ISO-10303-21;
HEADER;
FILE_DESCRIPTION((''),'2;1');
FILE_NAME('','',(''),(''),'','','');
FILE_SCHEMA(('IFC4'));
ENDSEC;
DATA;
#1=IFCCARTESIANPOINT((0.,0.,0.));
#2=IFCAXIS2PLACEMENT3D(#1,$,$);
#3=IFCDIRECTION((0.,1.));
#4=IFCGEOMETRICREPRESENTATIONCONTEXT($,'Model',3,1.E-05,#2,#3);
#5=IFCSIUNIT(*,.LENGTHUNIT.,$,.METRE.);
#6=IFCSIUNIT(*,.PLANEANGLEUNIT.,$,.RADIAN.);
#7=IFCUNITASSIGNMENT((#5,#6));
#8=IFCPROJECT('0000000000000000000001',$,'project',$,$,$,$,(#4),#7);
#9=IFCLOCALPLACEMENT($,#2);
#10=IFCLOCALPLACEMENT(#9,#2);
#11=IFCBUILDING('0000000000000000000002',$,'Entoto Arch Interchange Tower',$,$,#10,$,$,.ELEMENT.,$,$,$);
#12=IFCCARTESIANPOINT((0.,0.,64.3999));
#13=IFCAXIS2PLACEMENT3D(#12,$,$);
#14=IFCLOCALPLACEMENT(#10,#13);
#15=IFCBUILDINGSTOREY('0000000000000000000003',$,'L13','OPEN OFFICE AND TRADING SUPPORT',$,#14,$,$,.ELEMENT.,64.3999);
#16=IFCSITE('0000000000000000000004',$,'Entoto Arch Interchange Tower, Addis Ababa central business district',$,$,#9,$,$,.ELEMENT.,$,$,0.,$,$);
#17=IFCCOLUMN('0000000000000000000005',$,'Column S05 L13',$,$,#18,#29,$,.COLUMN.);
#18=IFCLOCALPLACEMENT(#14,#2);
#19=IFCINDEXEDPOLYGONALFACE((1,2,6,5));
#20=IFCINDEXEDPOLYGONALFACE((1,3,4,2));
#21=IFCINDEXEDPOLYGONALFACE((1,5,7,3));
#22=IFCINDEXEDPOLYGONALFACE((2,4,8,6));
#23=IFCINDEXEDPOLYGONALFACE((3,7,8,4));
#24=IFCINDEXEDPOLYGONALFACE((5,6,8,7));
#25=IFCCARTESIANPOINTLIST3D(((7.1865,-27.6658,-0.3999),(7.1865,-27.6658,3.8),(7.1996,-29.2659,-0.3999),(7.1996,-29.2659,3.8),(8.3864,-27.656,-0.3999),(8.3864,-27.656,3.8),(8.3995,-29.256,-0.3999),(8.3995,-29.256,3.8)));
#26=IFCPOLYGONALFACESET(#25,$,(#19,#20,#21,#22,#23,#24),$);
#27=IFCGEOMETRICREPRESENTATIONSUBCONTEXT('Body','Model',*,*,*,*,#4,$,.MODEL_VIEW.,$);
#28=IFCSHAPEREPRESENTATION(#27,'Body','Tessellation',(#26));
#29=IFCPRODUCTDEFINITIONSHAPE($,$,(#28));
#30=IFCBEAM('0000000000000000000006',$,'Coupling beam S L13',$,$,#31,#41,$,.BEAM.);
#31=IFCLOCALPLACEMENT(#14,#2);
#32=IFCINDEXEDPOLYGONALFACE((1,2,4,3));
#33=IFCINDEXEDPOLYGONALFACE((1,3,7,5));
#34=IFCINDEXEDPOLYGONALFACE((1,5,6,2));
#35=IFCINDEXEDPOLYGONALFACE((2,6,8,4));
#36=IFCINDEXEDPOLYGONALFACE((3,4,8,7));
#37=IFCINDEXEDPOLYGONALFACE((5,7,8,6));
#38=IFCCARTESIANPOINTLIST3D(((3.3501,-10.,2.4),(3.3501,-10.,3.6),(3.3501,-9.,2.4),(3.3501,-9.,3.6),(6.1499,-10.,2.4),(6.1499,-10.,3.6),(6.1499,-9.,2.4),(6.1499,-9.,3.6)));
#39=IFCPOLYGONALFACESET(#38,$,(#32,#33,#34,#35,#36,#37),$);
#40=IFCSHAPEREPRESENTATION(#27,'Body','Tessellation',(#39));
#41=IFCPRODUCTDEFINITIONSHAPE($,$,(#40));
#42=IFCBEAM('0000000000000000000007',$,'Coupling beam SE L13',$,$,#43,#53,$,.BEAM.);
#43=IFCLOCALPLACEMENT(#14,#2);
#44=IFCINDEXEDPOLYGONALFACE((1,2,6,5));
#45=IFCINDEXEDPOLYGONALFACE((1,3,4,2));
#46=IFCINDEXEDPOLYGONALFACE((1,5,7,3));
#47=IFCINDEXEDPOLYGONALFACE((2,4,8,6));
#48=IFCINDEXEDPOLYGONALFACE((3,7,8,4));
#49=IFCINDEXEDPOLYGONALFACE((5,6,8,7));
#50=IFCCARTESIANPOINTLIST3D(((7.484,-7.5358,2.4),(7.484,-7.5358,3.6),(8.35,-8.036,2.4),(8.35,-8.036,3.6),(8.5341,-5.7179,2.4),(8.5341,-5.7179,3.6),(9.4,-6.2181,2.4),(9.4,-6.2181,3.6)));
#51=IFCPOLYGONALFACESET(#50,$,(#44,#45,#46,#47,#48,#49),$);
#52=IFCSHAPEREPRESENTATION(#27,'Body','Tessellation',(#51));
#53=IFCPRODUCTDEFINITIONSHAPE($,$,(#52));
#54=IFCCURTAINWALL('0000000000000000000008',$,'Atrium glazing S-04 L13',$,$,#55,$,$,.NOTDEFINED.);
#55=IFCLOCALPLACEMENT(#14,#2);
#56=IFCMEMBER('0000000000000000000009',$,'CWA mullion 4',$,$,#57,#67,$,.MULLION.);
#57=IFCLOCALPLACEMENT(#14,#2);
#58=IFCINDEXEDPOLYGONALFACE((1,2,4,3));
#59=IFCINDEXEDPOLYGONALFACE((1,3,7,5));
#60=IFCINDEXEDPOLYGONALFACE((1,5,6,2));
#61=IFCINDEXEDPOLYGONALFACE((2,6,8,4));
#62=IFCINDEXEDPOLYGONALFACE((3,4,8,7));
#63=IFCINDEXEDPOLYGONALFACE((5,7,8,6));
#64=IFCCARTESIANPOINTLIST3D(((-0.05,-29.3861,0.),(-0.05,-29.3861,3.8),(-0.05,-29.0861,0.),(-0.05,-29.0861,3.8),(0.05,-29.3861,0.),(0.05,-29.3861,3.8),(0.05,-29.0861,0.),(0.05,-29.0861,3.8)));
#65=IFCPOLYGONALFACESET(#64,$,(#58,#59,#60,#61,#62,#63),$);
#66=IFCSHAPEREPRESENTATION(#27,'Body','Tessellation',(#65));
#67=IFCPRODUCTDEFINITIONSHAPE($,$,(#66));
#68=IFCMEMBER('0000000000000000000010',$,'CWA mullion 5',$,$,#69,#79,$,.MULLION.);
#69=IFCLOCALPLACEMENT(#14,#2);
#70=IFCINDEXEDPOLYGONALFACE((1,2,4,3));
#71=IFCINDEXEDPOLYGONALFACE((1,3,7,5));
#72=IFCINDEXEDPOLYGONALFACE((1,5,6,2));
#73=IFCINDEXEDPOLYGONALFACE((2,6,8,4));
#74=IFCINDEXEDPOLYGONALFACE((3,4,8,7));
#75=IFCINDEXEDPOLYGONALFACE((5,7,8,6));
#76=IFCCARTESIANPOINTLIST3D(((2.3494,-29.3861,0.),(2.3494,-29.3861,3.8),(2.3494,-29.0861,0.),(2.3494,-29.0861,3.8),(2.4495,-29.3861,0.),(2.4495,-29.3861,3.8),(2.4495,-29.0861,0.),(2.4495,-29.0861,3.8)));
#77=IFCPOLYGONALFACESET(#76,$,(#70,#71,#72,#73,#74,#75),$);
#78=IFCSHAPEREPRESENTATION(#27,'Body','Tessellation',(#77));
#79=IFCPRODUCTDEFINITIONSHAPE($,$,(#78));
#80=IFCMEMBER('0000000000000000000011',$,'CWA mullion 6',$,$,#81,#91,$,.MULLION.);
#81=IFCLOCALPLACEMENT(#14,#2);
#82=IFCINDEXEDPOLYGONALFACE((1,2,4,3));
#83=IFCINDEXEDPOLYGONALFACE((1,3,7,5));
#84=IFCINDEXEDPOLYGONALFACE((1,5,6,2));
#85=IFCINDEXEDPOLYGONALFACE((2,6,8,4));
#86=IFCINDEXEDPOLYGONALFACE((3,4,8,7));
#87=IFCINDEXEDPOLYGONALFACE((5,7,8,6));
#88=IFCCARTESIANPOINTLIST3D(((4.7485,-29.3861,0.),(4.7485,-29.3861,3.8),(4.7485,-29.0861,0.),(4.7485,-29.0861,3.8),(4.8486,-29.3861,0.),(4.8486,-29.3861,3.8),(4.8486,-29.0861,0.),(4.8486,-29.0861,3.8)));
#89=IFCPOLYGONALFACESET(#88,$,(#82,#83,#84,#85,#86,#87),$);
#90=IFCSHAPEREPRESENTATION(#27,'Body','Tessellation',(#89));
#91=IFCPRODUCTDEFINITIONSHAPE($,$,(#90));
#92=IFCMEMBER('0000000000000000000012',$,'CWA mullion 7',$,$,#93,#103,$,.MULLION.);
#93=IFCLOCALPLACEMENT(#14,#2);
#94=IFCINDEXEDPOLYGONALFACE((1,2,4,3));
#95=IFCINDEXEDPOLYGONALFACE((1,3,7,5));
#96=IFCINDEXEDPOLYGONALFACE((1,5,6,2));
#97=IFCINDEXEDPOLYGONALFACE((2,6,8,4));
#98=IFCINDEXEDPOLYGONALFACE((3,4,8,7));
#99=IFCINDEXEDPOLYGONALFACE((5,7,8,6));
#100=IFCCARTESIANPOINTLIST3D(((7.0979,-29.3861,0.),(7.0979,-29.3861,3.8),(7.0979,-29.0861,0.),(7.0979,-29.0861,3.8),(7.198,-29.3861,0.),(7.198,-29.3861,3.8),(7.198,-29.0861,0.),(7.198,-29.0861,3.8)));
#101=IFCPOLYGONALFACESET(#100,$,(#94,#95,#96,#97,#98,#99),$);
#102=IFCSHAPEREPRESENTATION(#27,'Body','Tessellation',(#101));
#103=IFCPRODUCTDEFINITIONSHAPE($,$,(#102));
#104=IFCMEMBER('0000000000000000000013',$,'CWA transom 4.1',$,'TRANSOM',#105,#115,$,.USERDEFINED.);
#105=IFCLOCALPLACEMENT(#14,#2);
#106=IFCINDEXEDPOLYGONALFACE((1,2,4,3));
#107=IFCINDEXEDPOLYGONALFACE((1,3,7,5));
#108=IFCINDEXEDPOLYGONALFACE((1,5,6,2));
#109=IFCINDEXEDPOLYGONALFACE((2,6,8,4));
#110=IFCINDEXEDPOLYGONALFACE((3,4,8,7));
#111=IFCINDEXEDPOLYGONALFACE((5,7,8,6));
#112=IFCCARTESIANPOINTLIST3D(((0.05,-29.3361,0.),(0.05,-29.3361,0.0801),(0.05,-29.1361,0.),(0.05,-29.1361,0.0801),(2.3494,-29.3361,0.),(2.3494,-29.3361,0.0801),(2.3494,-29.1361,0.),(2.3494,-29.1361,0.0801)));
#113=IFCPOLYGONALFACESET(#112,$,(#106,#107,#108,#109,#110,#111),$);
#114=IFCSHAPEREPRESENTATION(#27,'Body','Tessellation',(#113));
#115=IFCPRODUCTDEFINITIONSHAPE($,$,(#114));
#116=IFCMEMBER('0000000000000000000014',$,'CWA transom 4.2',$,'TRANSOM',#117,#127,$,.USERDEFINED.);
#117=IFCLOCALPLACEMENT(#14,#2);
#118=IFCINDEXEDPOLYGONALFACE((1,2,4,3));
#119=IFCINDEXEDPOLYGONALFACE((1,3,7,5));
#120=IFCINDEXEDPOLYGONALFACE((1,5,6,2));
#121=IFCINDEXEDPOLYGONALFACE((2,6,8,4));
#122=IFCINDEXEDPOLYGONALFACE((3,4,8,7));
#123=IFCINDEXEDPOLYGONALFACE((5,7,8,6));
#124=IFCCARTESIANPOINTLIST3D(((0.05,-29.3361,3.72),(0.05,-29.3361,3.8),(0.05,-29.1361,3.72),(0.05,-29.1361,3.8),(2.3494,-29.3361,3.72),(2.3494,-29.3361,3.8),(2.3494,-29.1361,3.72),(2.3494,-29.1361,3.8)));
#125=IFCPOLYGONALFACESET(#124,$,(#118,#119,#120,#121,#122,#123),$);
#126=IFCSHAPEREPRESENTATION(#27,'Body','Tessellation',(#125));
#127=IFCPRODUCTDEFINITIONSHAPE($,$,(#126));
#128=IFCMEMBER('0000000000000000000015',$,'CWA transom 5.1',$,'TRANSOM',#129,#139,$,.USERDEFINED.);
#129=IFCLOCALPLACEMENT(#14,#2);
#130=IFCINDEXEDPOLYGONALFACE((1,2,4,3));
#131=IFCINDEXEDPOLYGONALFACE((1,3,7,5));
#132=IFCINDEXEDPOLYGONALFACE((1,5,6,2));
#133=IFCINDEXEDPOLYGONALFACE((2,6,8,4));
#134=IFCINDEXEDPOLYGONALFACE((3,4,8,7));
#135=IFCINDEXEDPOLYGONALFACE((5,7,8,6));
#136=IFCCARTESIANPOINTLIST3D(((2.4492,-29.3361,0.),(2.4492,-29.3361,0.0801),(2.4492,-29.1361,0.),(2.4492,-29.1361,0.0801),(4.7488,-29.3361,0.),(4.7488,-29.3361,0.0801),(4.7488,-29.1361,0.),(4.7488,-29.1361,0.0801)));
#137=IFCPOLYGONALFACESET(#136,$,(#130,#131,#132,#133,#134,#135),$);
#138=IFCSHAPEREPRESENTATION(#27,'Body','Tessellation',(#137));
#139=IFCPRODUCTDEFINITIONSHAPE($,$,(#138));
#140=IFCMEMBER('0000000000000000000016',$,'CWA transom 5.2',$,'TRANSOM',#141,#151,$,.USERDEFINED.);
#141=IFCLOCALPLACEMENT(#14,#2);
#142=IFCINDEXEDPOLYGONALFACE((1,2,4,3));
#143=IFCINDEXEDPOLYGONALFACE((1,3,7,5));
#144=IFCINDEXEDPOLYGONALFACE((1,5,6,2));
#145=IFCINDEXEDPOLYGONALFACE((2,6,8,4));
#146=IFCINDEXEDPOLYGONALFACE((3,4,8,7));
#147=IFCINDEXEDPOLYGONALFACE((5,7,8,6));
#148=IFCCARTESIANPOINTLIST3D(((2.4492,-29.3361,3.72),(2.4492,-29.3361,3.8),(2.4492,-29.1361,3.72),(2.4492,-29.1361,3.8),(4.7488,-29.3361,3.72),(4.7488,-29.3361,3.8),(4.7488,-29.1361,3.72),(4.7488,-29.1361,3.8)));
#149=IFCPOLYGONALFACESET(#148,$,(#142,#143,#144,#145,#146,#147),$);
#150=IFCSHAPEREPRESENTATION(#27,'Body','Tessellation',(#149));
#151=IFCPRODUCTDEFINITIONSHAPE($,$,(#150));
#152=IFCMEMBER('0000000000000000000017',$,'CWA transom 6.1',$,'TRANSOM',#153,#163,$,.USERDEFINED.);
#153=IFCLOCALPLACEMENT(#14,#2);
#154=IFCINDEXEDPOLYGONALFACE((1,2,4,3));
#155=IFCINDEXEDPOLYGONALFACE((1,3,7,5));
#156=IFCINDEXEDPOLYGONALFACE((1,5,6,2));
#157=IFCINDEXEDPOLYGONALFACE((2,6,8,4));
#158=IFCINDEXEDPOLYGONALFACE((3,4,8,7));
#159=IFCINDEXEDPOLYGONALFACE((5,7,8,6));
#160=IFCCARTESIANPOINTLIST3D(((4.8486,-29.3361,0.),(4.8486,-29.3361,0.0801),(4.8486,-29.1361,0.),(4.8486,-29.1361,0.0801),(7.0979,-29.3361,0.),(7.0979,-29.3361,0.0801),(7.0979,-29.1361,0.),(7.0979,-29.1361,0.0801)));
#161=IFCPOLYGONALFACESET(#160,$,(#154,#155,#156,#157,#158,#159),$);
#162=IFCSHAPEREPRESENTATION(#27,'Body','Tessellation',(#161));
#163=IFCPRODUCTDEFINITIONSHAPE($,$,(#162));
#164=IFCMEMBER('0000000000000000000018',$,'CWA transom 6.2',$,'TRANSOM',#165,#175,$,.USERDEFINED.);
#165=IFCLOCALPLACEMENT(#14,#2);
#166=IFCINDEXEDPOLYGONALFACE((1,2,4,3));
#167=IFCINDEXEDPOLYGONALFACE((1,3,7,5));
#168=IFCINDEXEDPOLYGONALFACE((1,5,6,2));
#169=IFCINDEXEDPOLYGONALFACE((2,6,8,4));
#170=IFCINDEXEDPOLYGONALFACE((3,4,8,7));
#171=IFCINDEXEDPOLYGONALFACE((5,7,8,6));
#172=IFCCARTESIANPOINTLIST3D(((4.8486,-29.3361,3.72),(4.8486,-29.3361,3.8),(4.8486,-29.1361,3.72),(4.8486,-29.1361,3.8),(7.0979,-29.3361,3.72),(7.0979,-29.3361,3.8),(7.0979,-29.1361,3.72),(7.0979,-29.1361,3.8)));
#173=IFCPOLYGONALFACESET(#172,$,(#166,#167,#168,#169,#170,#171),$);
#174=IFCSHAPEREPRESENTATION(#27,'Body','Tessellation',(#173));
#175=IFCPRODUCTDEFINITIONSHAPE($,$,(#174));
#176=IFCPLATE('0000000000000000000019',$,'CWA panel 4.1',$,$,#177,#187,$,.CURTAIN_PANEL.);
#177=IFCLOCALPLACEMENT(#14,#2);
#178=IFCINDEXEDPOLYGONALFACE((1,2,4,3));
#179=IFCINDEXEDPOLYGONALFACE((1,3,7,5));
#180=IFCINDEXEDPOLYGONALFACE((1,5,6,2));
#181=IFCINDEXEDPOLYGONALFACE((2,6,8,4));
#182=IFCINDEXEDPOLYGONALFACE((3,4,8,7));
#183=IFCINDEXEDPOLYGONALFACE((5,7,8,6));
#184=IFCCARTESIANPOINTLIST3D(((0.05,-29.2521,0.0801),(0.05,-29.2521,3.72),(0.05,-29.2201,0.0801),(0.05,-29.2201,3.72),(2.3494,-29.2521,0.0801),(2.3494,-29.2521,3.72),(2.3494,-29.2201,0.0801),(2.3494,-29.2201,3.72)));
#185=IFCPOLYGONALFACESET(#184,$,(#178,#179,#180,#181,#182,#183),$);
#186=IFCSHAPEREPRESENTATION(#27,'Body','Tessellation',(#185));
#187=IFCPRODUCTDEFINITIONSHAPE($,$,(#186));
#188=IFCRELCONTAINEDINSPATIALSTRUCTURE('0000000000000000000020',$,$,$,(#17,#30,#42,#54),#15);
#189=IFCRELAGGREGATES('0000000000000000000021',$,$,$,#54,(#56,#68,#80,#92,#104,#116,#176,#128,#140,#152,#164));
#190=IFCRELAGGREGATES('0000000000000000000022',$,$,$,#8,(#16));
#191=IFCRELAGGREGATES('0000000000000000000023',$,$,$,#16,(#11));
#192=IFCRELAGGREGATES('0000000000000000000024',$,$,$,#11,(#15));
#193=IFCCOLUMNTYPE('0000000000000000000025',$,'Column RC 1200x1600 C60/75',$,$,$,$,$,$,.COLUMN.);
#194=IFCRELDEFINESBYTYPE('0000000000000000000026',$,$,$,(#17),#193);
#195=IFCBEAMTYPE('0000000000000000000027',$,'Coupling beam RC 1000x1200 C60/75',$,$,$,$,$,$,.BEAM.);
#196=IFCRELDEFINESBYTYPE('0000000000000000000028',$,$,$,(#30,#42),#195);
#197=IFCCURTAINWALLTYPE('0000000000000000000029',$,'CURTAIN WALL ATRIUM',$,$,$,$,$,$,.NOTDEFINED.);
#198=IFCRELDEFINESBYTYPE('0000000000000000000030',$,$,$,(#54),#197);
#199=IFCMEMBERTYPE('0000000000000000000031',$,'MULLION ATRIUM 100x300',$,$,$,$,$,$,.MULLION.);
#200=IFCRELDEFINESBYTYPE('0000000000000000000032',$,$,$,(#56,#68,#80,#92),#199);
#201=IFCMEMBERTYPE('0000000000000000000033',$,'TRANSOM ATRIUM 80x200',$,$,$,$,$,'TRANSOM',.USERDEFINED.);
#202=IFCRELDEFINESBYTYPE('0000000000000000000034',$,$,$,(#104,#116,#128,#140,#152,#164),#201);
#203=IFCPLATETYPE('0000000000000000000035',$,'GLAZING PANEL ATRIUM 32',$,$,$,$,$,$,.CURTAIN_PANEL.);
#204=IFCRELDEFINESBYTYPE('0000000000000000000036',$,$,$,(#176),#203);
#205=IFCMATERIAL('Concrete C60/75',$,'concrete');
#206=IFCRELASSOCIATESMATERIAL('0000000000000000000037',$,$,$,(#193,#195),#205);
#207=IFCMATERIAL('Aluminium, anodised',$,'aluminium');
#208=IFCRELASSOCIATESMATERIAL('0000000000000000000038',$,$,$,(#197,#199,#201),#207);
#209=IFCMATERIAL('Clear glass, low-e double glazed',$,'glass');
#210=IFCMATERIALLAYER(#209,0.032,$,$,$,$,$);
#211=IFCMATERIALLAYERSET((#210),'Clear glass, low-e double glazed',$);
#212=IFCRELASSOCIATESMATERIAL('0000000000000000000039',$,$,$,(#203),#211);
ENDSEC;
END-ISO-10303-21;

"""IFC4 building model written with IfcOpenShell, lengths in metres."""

from ifc_helpers import new_model, si_unit, direction, frame, origin, origin_2d, place, context, subcontext, project, spatial, rectangle, extrude, material, layer, layer_set, material_profile, profile_set, type_object, element, aggregate, save


model = new_model("IFC4")

# Units and contexts
model_context = context("Model", 3, precision=1e-05, world=origin(), true_north=direction((0.0, 1.0)))
body_context = subcontext(model_context, "Body", "Model", "MODEL_VIEW")
ifc_project = project(units=[si_unit("LENGTHUNIT", "METRE"), si_unit("PLANEANGLEUNIT", "RADIAN")], contexts=[model_context])

# Site, building, storey
site_placement = place(None, origin())
site = spatial("IfcSite", under=ifc_project, at=site_placement, Name="Entoto Arch Interchange Tower, Addis Ababa central business district", CompositionType="ELEMENT", RefElevation=0.0)
building_placement = place(site_placement, origin())
building = spatial("IfcBuilding", under=site, at=building_placement, Name="Entoto Arch Interchange Tower", CompositionType="ELEMENT")
storey_placement = place(building_placement, frame((0.0, 0.0, 64.3999)))
storey = spatial("IfcBuildingStorey", under=building, at=storey_placement, Name="L13", Description="OPEN OFFICE AND TRADING SUPPORT", CompositionType="ELEMENT", Elevation=64.3999)

# Column
ifc_material_1 = material(Name="Concrete C60/75", Category="concrete")
ifc_material_profile_1 = material_profile(ifc_material_1, rectangle(XDim=1.2, YDim=1.6001, at=origin_2d()))
ifc_profile_set_1 = profile_set([ifc_material_profile_1], Name="Concrete C60/75")
column_type = type_object("IfcColumnType", Name="Column RC 1200x1600 C60/75", PredefinedType="COLUMN", material=ifc_profile_set_1)
column_placement = place(storey_placement, frame((7.793, -28.4609, -0.3999), z_axis=(0.0, 0.0, 1.0), x_axis=(0.999966, 0.008203, 0.0)))
element("IfcColumn", 1, at=column_placement, inside=storey, type_object=column_type, Name="Column S05 L13", PredefinedType="COLUMN", context=body_context, shape_type="SweptSolid", body=[
    extrude(rectangle(XDim=1.2, YDim=1.6001, at=origin_2d()), origin(), (0.0, 0.0, 1.0), 4.2),
])

# Beams
ifc_material_profile_2 = material_profile(ifc_material_1, rectangle(XDim=1.0, YDim=1.2, at=origin_2d()))
ifc_profile_set_2 = profile_set([ifc_material_profile_2], Name="Concrete C60/75")
beam_type = type_object("IfcBeamType", Name="Coupling beam RC 1000x1200 C60/75", PredefinedType="BEAM", material=ifc_profile_set_2)
beam_1_placement = place(storey_placement, frame((3.3501, -9.5, 3.0), z_axis=(1.0, 0.0, 0.0), x_axis=(0.0, 1.0, 0.0)))
element("IfcBeam", 2, at=beam_1_placement, inside=storey, type_object=beam_type, Name="Coupling beam S L13", PredefinedType="BEAM", context=body_context, shape_type="SweptSolid", body=[
    extrude(rectangle(XDim=1.0, YDim=1.2, at=origin_2d()), origin(), (0.0, 0.0, 1.0), 2.7998),
])
beam_2_placement = place(storey_placement, frame((7.917, -7.7859, 3.0), z_axis=(0.500179, 0.865922, 0.0), x_axis=(-0.865922, 0.500179, 0.0)))
element("IfcBeam", 3, at=beam_2_placement, inside=storey, type_object=beam_type, Name="Coupling beam SE L13", PredefinedType="BEAM", context=body_context, shape_type="SweptSolid", body=[
    extrude(rectangle(XDim=1.0, YDim=1.2, at=origin_2d()), origin(), (0.0, 0.0, 1.0), 2.0994),
])

# Curtain wall, members, plate
ifc_material_2 = material(Name="Aluminium, anodised", Category="aluminium")
curtain_wall_type = type_object("IfcCurtainWallType", Name="CURTAIN WALL ATRIUM", PredefinedType="NOTDEFINED", material=ifc_material_2)
curtain_wall_placement = place(storey_placement, origin())
curtain_wall = element("IfcCurtainWall", 4, at=curtain_wall_placement, inside=storey, type_object=curtain_wall_type, Name="Atrium glazing S-04 L13", PredefinedType="NOTDEFINED")
ifc_material_profile_3 = material_profile(ifc_material_2, rectangle(XDim=0.3, YDim=0.1001, at=origin_2d()))
ifc_profile_set_3 = profile_set([ifc_material_profile_3], Name="Aluminium, anodised")
member_type_1 = type_object("IfcMemberType", Name="MULLION ATRIUM 100x300", PredefinedType="MULLION", material=ifc_profile_set_3)
member_1_placement = place(storey_placement, frame((0.0, -29.2361, 0.0), z_axis=(0.0, 0.0, 1.0), x_axis=(0.0, 1.0, 0.0)))
member_1 = element("IfcMember", 5, at=member_1_placement, type_object=member_type_1, Name="CWA mullion 4", PredefinedType="MULLION", context=body_context, shape_type="SweptSolid", body=[
    extrude(rectangle(XDim=0.3, YDim=0.1001, at=origin_2d()), origin(), (0.0, 0.0, 1.0), 3.8),
])
member_2_placement = place(storey_placement, frame((2.3994, -29.2361, 0.0), z_axis=(0.0, 0.0, 1.0), x_axis=(0.0, 1.0, 0.0)))
member_2 = element("IfcMember", 6, at=member_2_placement, type_object=member_type_1, Name="CWA mullion 5", PredefinedType="MULLION", context=body_context, shape_type="SweptSolid", body=[
    extrude(rectangle(XDim=0.3, YDim=0.1001, at=origin_2d()), origin(), (0.0, 0.0, 1.0), 3.8),
])
member_3_placement = place(storey_placement, frame((4.7986, -29.2361, 0.0), z_axis=(0.0, 0.0, 1.0), x_axis=(0.0, 1.0, 0.0)))
member_3 = element("IfcMember", 7, at=member_3_placement, type_object=member_type_1, Name="CWA mullion 6", PredefinedType="MULLION", context=body_context, shape_type="SweptSolid", body=[
    extrude(rectangle(XDim=0.3, YDim=0.1001, at=origin_2d()), origin(), (0.0, 0.0, 1.0), 3.8),
])
member_4_placement = place(storey_placement, frame((7.1479, -29.2361, 0.0), z_axis=(0.0, 0.0, 1.0), x_axis=(0.0, 1.0, 0.0)))
member_4 = element("IfcMember", 8, at=member_4_placement, type_object=member_type_1, Name="CWA mullion 7", PredefinedType="MULLION", context=body_context, shape_type="SweptSolid", body=[
    extrude(rectangle(XDim=0.3, YDim=0.1001, at=origin_2d()), origin(), (0.0, 0.0, 1.0), 3.8),
])
ifc_material_profile_4 = material_profile(ifc_material_2, rectangle(XDim=0.2, YDim=0.0801, at=origin_2d()))
ifc_profile_set_4 = profile_set([ifc_material_profile_4], Name="Aluminium, anodised")
member_type_2 = type_object("IfcMemberType", Name="TRANSOM ATRIUM 80x200", ElementType="TRANSOM", PredefinedType="USERDEFINED", material=ifc_profile_set_4)
member_5_placement = place(storey_placement, frame((0.05, -29.2361, 0.04), z_axis=(1.0, 0.0, 0.0), x_axis=(0.0, 1.0, 0.0)))
member_5 = element("IfcMember", 9, at=member_5_placement, type_object=member_type_2, Name="CWA transom 4.1", ObjectType="TRANSOM", PredefinedType="USERDEFINED", context=body_context, shape_type="SweptSolid", body=[
    extrude(rectangle(XDim=0.2, YDim=0.0801, at=origin_2d()), origin(), (0.0, 0.0, 1.0), 2.2993),
])
member_6_placement = place(storey_placement, frame((0.05, -29.2361, 3.76), z_axis=(1.0, 0.0, 0.0), x_axis=(0.0, 1.0, 0.0)))
member_6 = element("IfcMember", 10, at=member_6_placement, type_object=member_type_2, Name="CWA transom 4.2", ObjectType="TRANSOM", PredefinedType="USERDEFINED", context=body_context, shape_type="SweptSolid", body=[
    extrude(rectangle(XDim=0.2, YDim=0.0801, at=origin_2d()), origin(), (0.0, 0.0, 1.0), 2.2993),
])
member_7_placement = place(storey_placement, frame((2.4492, -29.2361, 0.04), z_axis=(1.0, 0.0, 0.0), x_axis=(0.0, 1.0, 0.0)))
member_7 = element("IfcMember", 11, at=member_7_placement, type_object=member_type_2, Name="CWA transom 5.1", ObjectType="TRANSOM", PredefinedType="USERDEFINED", context=body_context, shape_type="SweptSolid", body=[
    extrude(rectangle(XDim=0.2, YDim=0.0801, at=origin_2d()), origin(), (0.0, 0.0, 1.0), 2.2996),
])
member_8_placement = place(storey_placement, frame((2.4492, -29.2361, 3.76), z_axis=(1.0, 0.0, 0.0), x_axis=(0.0, 1.0, 0.0)))
member_8 = element("IfcMember", 12, at=member_8_placement, type_object=member_type_2, Name="CWA transom 5.2", ObjectType="TRANSOM", PredefinedType="USERDEFINED", context=body_context, shape_type="SweptSolid", body=[
    extrude(rectangle(XDim=0.2, YDim=0.0801, at=origin_2d()), origin(), (0.0, 0.0, 1.0), 2.2996),
])
member_9_placement = place(storey_placement, frame((4.8486, -29.2361, 0.04), z_axis=(1.0, 0.0, 0.0), x_axis=(0.0, 1.0, 0.0)))
member_9 = element("IfcMember", 13, at=member_9_placement, type_object=member_type_2, Name="CWA transom 6.1", ObjectType="TRANSOM", PredefinedType="USERDEFINED", context=body_context, shape_type="SweptSolid", body=[
    extrude(rectangle(XDim=0.2, YDim=0.0801, at=origin_2d()), origin(), (0.0, 0.0, 1.0), 2.2493),
])
member_10_placement = place(storey_placement, frame((4.8486, -29.2361, 3.76), z_axis=(1.0, 0.0, 0.0), x_axis=(0.0, 1.0, 0.0)))
member_10 = element("IfcMember", 14, at=member_10_placement, type_object=member_type_2, Name="CWA transom 6.2", ObjectType="TRANSOM", PredefinedType="USERDEFINED", context=body_context, shape_type="SweptSolid", body=[
    extrude(rectangle(XDim=0.2, YDim=0.0801, at=origin_2d()), origin(), (0.0, 0.0, 1.0), 2.2493),
])
ifc_material_3 = material(Name="Clear glass, low-e double glazed", Category="glass")
ifc_layer_1 = layer(ifc_material_3, 0.032)
ifc_layer_set_1 = layer_set([ifc_layer_1], Name="Clear glass, low-e double glazed")
plate_type = type_object("IfcPlateType", Name="GLAZING PANEL ATRIUM 32", PredefinedType="CURTAIN_PANEL", material=ifc_layer_set_1)
plate_1_placement = place(storey_placement, frame((1.1997, -29.2361, 0.0801), z_axis=(0.0, 0.0, 1.0), x_axis=(1.0, 0.0, 0.0)))
plate_1 = element("IfcPlate", 15, at=plate_1_placement, type_object=plate_type, Name="CWA panel 4.1", PredefinedType="CURTAIN_PANEL", context=body_context, shape_type="SweptSolid", body=[
    extrude(rectangle(XDim=2.2993, YDim=0.032, at=origin_2d()), origin(), (0.0, 0.0, 1.0), 3.6399),
])
aggregate(curtain_wall, [member_1, member_2, member_3, member_4, member_5, member_6, plate_1, member_7, member_8, member_9, member_10])

save(model, "model.ifc")
